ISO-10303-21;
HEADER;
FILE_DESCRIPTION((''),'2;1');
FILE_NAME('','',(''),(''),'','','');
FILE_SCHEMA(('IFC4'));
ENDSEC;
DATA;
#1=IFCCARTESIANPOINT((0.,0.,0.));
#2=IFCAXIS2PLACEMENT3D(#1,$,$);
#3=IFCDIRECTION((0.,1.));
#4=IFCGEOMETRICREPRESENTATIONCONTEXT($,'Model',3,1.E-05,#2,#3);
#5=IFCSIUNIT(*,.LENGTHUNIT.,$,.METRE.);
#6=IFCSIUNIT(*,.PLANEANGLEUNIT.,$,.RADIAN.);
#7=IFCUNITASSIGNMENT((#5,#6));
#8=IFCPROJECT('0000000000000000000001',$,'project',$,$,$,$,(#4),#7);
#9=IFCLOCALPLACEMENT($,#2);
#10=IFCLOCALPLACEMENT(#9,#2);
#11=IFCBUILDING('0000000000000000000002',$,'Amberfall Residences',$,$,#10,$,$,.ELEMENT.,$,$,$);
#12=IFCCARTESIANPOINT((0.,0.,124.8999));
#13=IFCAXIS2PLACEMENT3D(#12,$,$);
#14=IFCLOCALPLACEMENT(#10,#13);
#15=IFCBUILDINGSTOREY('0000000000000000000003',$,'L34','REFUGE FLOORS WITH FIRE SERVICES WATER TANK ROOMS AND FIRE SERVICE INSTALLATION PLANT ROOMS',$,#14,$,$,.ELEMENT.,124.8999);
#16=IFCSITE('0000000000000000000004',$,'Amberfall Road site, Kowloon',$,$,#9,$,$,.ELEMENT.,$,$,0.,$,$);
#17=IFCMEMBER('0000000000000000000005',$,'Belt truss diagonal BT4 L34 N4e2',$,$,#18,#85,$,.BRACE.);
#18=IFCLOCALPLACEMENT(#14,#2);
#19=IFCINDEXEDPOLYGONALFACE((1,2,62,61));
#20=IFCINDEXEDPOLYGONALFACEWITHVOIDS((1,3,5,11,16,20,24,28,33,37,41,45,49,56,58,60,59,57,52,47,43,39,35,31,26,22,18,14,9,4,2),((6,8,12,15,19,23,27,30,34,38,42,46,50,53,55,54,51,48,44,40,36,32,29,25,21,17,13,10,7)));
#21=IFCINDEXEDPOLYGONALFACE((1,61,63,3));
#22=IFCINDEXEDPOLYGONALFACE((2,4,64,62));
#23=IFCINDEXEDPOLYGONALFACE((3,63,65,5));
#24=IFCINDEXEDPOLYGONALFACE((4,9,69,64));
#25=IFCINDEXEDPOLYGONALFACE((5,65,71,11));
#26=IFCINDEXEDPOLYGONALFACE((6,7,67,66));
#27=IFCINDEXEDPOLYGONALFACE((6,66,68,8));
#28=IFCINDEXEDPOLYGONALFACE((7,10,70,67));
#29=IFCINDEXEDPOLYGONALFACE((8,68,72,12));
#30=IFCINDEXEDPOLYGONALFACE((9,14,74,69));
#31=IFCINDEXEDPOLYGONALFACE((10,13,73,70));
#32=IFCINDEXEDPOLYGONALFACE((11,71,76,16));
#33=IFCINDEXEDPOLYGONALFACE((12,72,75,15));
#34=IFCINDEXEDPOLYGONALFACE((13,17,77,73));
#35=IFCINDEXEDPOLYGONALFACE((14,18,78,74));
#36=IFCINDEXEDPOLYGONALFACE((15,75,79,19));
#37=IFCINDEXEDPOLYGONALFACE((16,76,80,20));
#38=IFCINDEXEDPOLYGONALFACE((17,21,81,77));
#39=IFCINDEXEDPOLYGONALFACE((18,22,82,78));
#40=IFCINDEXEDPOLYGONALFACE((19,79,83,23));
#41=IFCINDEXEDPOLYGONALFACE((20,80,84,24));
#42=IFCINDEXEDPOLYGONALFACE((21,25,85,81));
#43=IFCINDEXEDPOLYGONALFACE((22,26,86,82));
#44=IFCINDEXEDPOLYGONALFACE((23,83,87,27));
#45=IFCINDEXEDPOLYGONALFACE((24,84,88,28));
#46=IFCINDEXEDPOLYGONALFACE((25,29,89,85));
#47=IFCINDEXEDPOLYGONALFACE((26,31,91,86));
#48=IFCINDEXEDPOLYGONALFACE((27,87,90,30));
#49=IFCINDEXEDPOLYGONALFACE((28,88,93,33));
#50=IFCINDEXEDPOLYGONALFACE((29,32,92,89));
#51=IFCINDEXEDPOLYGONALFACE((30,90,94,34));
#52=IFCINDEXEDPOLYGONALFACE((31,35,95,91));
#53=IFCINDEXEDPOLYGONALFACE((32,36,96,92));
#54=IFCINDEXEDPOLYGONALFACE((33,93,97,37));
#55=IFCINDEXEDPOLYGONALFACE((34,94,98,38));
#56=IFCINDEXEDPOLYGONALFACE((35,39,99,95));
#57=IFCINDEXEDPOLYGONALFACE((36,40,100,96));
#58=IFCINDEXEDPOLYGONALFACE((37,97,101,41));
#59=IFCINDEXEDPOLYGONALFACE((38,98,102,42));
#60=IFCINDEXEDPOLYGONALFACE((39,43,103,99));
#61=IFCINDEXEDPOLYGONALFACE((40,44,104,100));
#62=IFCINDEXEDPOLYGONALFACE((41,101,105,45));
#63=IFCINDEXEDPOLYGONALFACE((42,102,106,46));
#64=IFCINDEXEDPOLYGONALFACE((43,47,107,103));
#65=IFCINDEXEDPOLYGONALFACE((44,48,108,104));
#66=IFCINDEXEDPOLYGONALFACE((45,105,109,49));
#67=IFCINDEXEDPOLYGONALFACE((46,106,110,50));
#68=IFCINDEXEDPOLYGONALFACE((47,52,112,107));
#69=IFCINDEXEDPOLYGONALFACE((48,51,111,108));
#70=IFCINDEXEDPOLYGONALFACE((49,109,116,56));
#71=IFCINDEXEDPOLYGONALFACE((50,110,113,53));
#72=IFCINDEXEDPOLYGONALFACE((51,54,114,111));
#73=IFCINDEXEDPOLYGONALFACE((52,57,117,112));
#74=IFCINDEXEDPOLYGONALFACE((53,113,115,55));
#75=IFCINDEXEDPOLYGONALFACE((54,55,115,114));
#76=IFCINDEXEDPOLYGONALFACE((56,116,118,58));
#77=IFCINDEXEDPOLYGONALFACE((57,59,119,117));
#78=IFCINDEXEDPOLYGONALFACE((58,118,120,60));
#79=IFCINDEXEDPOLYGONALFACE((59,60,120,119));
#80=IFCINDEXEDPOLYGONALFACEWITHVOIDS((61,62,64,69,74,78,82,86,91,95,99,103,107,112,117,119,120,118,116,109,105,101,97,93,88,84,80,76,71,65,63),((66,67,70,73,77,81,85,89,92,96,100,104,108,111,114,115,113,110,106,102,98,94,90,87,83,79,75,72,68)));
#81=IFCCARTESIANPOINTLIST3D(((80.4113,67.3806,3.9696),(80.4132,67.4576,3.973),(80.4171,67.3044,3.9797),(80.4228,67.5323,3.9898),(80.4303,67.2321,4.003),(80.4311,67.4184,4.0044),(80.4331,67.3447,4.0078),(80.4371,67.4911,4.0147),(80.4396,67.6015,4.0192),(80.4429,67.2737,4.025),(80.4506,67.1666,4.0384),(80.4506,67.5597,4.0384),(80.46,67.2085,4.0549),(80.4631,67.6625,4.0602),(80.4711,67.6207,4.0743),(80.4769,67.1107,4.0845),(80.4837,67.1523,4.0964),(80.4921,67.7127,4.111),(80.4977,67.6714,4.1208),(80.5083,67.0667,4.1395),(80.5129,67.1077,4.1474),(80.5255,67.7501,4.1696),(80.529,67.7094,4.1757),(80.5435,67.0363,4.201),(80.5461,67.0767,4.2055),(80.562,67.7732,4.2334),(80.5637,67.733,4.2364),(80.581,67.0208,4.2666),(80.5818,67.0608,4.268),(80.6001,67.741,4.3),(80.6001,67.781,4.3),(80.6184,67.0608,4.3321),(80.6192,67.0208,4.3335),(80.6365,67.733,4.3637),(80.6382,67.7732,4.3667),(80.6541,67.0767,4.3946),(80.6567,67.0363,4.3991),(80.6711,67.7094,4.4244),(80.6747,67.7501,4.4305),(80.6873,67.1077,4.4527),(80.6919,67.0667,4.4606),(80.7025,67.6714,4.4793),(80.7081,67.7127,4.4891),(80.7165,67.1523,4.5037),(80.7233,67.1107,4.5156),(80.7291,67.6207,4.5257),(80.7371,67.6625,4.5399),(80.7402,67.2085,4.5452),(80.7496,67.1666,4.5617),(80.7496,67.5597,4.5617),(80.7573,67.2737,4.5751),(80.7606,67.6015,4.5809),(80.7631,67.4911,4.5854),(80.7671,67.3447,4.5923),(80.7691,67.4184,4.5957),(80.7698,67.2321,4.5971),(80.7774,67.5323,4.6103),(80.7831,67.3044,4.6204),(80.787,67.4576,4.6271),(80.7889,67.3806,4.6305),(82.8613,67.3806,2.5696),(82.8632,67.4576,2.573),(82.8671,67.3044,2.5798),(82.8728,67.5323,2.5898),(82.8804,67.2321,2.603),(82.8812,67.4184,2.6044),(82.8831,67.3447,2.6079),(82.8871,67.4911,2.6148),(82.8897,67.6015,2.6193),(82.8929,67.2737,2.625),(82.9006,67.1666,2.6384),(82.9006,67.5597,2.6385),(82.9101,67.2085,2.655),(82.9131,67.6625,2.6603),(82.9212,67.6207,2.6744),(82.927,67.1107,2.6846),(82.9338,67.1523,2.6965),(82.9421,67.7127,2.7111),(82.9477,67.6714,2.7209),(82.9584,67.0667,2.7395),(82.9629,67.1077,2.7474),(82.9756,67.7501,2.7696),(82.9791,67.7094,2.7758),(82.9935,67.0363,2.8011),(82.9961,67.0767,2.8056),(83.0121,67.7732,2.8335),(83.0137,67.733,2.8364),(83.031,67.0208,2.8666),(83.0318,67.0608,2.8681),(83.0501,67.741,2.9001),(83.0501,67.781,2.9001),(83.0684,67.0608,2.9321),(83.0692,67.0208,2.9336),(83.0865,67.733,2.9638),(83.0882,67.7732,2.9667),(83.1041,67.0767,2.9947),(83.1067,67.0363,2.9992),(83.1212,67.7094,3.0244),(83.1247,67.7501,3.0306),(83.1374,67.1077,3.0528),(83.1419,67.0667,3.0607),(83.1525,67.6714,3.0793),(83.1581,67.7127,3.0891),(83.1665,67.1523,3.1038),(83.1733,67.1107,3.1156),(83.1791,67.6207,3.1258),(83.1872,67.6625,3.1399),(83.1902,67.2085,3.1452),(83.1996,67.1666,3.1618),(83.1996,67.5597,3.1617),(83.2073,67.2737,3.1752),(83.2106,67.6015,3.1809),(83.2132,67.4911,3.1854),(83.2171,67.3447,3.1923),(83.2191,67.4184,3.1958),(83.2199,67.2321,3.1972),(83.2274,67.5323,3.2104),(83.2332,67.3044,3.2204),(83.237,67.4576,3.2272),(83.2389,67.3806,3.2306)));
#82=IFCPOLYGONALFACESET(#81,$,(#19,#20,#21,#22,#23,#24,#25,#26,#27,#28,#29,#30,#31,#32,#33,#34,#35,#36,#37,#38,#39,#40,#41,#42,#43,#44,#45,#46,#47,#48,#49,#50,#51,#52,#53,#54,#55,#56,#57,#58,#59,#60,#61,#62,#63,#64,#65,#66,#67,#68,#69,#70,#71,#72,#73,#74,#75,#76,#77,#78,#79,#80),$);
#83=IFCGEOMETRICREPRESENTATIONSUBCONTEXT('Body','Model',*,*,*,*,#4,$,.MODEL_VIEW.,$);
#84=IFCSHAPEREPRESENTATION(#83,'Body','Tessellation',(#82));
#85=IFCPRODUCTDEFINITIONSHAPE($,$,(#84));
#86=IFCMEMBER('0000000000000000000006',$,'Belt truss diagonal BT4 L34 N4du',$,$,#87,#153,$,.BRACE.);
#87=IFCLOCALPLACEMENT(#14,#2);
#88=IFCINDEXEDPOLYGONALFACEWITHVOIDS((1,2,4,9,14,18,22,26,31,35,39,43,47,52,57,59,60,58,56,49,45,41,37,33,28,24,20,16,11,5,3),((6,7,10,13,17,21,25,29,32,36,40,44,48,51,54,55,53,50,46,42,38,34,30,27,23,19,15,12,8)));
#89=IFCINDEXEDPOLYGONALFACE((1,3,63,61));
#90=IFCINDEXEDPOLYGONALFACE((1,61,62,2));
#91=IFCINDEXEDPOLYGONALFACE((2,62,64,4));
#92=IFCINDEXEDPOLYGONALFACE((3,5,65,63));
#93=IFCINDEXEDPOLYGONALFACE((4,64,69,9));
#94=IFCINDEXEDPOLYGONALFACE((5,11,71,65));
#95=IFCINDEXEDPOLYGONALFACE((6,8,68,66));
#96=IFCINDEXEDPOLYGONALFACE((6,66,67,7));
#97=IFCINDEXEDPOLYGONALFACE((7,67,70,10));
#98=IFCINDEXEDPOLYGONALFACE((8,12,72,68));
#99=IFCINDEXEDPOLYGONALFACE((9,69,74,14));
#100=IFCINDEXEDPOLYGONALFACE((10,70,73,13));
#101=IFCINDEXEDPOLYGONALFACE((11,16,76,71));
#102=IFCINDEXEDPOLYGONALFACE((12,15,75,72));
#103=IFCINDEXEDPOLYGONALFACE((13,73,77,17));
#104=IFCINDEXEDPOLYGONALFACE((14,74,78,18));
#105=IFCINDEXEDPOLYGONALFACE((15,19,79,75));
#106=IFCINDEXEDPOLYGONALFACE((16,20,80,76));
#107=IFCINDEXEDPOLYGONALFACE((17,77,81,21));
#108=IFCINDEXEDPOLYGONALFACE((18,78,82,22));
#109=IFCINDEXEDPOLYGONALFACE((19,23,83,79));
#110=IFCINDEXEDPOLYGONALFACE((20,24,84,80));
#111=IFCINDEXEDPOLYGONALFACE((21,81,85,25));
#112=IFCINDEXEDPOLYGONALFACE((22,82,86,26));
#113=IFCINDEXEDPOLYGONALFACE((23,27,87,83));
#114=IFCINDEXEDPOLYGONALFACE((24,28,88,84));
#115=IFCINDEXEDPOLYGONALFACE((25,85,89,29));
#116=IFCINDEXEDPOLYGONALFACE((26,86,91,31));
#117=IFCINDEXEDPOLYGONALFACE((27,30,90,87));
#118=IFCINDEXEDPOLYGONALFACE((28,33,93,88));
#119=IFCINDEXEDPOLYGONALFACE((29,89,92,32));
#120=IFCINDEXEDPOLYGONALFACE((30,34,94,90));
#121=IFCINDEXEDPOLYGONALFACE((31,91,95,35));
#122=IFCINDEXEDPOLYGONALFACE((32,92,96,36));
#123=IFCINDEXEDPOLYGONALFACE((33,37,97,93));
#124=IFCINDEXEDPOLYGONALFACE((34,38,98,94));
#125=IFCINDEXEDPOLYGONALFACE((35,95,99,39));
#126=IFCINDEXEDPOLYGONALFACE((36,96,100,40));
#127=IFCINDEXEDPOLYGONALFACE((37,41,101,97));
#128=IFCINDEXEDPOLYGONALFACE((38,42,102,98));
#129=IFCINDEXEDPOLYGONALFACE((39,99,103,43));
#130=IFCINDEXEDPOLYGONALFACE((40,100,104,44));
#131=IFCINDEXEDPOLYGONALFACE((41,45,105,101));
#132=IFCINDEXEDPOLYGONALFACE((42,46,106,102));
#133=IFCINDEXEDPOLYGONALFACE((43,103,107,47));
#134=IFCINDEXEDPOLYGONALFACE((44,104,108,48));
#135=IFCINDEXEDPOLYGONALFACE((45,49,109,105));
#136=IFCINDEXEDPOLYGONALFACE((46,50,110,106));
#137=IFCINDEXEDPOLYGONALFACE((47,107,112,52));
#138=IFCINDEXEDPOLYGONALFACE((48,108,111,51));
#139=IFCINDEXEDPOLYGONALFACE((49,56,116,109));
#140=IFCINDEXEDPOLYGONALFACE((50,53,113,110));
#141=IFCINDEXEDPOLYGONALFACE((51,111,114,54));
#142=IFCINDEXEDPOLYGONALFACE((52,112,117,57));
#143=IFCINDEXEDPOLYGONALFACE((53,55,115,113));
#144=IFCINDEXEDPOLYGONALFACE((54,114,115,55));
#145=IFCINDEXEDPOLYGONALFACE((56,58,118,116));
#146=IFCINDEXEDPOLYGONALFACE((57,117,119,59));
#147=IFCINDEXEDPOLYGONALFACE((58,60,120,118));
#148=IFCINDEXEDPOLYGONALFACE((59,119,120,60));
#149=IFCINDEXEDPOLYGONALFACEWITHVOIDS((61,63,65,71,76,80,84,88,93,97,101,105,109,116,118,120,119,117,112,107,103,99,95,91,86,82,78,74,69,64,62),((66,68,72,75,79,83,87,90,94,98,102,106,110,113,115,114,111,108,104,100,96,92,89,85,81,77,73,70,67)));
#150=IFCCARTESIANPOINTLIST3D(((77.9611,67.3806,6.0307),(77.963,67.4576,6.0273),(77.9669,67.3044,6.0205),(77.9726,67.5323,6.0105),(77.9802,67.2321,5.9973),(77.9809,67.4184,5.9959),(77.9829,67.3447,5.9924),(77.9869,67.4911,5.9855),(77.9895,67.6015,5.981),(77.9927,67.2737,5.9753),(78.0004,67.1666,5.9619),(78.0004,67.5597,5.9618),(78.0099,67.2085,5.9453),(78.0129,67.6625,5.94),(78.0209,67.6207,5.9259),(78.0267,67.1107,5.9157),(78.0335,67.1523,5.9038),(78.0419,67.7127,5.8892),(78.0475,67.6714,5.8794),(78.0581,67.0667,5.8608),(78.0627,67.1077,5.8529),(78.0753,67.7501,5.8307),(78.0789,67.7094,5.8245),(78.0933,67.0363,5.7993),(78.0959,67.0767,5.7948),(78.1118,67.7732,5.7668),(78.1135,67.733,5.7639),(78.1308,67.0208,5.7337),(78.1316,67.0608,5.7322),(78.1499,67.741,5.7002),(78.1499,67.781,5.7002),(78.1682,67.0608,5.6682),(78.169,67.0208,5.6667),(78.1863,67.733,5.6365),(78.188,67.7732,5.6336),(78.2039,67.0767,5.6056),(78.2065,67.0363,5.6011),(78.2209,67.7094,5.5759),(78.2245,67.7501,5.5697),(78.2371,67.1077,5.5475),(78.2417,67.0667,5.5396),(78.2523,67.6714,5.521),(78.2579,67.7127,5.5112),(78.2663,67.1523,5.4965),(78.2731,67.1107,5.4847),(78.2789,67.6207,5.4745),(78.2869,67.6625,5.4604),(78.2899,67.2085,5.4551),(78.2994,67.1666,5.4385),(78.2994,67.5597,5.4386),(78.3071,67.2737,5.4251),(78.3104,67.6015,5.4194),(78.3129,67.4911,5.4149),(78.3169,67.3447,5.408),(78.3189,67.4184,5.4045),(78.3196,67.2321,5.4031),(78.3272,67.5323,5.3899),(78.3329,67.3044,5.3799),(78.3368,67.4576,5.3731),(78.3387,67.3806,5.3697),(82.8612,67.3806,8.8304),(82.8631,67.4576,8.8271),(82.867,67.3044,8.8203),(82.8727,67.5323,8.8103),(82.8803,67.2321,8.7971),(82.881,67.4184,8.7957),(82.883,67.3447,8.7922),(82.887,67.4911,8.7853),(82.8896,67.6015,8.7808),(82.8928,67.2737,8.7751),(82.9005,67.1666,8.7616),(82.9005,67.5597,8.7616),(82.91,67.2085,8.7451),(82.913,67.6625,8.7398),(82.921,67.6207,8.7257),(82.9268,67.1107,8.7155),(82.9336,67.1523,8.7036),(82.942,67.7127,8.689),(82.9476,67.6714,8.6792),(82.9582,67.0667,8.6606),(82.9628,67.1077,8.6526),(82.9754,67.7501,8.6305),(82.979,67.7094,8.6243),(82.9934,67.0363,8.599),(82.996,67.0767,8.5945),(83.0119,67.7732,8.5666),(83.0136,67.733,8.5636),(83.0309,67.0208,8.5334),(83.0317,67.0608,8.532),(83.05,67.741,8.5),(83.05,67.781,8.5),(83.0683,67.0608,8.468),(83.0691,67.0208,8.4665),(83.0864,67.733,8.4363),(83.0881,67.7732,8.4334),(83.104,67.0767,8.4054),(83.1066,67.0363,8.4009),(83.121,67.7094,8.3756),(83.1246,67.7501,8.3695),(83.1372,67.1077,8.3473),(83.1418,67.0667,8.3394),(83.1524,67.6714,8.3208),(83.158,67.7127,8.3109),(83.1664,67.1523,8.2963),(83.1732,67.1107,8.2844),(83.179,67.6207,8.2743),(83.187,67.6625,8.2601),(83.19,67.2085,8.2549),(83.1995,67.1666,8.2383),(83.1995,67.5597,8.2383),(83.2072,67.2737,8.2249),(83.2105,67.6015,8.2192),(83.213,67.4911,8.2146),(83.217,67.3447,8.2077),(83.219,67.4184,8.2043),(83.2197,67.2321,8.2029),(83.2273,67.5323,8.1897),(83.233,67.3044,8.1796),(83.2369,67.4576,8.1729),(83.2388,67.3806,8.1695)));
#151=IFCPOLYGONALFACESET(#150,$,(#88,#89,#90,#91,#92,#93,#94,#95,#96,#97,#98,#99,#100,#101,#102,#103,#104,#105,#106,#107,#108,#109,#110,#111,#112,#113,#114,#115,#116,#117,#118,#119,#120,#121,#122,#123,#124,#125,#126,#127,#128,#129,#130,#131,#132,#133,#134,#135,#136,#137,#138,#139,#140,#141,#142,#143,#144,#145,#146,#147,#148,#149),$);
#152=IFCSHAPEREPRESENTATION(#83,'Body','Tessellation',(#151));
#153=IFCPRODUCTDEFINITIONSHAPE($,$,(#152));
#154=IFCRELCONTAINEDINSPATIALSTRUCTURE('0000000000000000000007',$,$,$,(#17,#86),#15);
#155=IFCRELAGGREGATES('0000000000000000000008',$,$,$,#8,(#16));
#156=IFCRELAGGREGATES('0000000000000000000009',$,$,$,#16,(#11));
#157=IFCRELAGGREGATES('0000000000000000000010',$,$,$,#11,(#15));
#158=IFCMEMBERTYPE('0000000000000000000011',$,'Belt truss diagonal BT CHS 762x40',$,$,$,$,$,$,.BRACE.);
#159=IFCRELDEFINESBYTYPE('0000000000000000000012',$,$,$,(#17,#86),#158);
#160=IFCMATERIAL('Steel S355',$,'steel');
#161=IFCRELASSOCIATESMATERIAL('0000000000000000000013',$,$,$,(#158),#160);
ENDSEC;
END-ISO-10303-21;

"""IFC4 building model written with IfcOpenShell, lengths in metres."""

from ifc_helpers import new_model, si_unit, direction, frame, origin, origin_2d, place, context, subcontext, project, spatial, hollow_circle, extrude, material, material_profile, profile_set, type_object, element, save


model = new_model("IFC4")

# Units and contexts
model_context = context("Model", 3, precision=1e-05, world=origin(), true_north=direction((0.0, 1.0)))
body_context = subcontext(model_context, "Body", "Model", "MODEL_VIEW")
ifc_project = project(units=[si_unit("LENGTHUNIT", "METRE"), si_unit("PLANEANGLEUNIT", "RADIAN")], contexts=[model_context])

# Site, building, storey
site_placement = place(None, origin())
site = spatial("IfcSite", under=ifc_project, at=site_placement, Name="Amberfall Road site, Kowloon", CompositionType="ELEMENT", RefElevation=0.0)
building_placement = place(site_placement, origin())
building = spatial("IfcBuilding", under=site, at=building_placement, Name="Amberfall Residences", CompositionType="ELEMENT")
storey_placement = place(building_placement, frame((0.0, 0.0, 124.8999)))
storey = spatial("IfcBuildingStorey", under=building, at=storey_placement, Name="L34", Description="REFUGE FLOORS WITH FIRE SERVICES WATER TANK ROOMS AND FIRE SERVICE INSTALLATION PLANT ROOMS", CompositionType="ELEMENT", Elevation=124.8999)

# Shared definitions
ifc_material_1 = material(Name="Steel S355", Category="steel")

# Members
ifc_material_profile_1 = material_profile(ifc_material_1, hollow_circle(Radius=0.3811, WallThickness=0.04, at=origin_2d()), Name="CHS 762x40")
ifc_profile_set_1 = profile_set([ifc_material_profile_1], Name="Steel S355")
member_type = type_object("IfcMemberType", Name="Belt truss diagonal BT CHS 762x40", PredefinedType="BRACE", material=ifc_profile_set_1)
member_1_placement = place(storey_placement, frame((80.6001, 67.3999, 4.3), z_axis=(0.868254, 0.0, -0.49612), x_axis=(0.0, 1.0, 0.0)))
element("IfcMember", 1, at=member_1_placement, inside=storey, type_object=member_type, Name="Belt truss diagonal BT4 L34 N4e2", PredefinedType="BRACE", context=body_context, shape_type="SweptSolid", body=[
    extrude(hollow_circle(Radius=0.3811, WallThickness=0.04, at=origin_2d()), origin(), (0.0, 0.0, 1.0), 2.8218),
])
member_2_placement = place(storey_placement, frame((78.1499, 67.3999, 5.7002), z_axis=(0.868264, 0.0, 0.496102), x_axis=(0.0, 1.0, 0.0)))
element("IfcMember", 2, at=member_2_placement, inside=storey, type_object=member_type, Name="Belt truss diagonal BT4 L34 N4du", PredefinedType="BRACE", context=body_context, shape_type="SweptSolid", body=[
    extrude(hollow_circle(Radius=0.3811, WallThickness=0.04, at=origin_2d()), origin(), (0.0, 0.0, 1.0), 5.6436),
])

save(model, "model.ifc")
